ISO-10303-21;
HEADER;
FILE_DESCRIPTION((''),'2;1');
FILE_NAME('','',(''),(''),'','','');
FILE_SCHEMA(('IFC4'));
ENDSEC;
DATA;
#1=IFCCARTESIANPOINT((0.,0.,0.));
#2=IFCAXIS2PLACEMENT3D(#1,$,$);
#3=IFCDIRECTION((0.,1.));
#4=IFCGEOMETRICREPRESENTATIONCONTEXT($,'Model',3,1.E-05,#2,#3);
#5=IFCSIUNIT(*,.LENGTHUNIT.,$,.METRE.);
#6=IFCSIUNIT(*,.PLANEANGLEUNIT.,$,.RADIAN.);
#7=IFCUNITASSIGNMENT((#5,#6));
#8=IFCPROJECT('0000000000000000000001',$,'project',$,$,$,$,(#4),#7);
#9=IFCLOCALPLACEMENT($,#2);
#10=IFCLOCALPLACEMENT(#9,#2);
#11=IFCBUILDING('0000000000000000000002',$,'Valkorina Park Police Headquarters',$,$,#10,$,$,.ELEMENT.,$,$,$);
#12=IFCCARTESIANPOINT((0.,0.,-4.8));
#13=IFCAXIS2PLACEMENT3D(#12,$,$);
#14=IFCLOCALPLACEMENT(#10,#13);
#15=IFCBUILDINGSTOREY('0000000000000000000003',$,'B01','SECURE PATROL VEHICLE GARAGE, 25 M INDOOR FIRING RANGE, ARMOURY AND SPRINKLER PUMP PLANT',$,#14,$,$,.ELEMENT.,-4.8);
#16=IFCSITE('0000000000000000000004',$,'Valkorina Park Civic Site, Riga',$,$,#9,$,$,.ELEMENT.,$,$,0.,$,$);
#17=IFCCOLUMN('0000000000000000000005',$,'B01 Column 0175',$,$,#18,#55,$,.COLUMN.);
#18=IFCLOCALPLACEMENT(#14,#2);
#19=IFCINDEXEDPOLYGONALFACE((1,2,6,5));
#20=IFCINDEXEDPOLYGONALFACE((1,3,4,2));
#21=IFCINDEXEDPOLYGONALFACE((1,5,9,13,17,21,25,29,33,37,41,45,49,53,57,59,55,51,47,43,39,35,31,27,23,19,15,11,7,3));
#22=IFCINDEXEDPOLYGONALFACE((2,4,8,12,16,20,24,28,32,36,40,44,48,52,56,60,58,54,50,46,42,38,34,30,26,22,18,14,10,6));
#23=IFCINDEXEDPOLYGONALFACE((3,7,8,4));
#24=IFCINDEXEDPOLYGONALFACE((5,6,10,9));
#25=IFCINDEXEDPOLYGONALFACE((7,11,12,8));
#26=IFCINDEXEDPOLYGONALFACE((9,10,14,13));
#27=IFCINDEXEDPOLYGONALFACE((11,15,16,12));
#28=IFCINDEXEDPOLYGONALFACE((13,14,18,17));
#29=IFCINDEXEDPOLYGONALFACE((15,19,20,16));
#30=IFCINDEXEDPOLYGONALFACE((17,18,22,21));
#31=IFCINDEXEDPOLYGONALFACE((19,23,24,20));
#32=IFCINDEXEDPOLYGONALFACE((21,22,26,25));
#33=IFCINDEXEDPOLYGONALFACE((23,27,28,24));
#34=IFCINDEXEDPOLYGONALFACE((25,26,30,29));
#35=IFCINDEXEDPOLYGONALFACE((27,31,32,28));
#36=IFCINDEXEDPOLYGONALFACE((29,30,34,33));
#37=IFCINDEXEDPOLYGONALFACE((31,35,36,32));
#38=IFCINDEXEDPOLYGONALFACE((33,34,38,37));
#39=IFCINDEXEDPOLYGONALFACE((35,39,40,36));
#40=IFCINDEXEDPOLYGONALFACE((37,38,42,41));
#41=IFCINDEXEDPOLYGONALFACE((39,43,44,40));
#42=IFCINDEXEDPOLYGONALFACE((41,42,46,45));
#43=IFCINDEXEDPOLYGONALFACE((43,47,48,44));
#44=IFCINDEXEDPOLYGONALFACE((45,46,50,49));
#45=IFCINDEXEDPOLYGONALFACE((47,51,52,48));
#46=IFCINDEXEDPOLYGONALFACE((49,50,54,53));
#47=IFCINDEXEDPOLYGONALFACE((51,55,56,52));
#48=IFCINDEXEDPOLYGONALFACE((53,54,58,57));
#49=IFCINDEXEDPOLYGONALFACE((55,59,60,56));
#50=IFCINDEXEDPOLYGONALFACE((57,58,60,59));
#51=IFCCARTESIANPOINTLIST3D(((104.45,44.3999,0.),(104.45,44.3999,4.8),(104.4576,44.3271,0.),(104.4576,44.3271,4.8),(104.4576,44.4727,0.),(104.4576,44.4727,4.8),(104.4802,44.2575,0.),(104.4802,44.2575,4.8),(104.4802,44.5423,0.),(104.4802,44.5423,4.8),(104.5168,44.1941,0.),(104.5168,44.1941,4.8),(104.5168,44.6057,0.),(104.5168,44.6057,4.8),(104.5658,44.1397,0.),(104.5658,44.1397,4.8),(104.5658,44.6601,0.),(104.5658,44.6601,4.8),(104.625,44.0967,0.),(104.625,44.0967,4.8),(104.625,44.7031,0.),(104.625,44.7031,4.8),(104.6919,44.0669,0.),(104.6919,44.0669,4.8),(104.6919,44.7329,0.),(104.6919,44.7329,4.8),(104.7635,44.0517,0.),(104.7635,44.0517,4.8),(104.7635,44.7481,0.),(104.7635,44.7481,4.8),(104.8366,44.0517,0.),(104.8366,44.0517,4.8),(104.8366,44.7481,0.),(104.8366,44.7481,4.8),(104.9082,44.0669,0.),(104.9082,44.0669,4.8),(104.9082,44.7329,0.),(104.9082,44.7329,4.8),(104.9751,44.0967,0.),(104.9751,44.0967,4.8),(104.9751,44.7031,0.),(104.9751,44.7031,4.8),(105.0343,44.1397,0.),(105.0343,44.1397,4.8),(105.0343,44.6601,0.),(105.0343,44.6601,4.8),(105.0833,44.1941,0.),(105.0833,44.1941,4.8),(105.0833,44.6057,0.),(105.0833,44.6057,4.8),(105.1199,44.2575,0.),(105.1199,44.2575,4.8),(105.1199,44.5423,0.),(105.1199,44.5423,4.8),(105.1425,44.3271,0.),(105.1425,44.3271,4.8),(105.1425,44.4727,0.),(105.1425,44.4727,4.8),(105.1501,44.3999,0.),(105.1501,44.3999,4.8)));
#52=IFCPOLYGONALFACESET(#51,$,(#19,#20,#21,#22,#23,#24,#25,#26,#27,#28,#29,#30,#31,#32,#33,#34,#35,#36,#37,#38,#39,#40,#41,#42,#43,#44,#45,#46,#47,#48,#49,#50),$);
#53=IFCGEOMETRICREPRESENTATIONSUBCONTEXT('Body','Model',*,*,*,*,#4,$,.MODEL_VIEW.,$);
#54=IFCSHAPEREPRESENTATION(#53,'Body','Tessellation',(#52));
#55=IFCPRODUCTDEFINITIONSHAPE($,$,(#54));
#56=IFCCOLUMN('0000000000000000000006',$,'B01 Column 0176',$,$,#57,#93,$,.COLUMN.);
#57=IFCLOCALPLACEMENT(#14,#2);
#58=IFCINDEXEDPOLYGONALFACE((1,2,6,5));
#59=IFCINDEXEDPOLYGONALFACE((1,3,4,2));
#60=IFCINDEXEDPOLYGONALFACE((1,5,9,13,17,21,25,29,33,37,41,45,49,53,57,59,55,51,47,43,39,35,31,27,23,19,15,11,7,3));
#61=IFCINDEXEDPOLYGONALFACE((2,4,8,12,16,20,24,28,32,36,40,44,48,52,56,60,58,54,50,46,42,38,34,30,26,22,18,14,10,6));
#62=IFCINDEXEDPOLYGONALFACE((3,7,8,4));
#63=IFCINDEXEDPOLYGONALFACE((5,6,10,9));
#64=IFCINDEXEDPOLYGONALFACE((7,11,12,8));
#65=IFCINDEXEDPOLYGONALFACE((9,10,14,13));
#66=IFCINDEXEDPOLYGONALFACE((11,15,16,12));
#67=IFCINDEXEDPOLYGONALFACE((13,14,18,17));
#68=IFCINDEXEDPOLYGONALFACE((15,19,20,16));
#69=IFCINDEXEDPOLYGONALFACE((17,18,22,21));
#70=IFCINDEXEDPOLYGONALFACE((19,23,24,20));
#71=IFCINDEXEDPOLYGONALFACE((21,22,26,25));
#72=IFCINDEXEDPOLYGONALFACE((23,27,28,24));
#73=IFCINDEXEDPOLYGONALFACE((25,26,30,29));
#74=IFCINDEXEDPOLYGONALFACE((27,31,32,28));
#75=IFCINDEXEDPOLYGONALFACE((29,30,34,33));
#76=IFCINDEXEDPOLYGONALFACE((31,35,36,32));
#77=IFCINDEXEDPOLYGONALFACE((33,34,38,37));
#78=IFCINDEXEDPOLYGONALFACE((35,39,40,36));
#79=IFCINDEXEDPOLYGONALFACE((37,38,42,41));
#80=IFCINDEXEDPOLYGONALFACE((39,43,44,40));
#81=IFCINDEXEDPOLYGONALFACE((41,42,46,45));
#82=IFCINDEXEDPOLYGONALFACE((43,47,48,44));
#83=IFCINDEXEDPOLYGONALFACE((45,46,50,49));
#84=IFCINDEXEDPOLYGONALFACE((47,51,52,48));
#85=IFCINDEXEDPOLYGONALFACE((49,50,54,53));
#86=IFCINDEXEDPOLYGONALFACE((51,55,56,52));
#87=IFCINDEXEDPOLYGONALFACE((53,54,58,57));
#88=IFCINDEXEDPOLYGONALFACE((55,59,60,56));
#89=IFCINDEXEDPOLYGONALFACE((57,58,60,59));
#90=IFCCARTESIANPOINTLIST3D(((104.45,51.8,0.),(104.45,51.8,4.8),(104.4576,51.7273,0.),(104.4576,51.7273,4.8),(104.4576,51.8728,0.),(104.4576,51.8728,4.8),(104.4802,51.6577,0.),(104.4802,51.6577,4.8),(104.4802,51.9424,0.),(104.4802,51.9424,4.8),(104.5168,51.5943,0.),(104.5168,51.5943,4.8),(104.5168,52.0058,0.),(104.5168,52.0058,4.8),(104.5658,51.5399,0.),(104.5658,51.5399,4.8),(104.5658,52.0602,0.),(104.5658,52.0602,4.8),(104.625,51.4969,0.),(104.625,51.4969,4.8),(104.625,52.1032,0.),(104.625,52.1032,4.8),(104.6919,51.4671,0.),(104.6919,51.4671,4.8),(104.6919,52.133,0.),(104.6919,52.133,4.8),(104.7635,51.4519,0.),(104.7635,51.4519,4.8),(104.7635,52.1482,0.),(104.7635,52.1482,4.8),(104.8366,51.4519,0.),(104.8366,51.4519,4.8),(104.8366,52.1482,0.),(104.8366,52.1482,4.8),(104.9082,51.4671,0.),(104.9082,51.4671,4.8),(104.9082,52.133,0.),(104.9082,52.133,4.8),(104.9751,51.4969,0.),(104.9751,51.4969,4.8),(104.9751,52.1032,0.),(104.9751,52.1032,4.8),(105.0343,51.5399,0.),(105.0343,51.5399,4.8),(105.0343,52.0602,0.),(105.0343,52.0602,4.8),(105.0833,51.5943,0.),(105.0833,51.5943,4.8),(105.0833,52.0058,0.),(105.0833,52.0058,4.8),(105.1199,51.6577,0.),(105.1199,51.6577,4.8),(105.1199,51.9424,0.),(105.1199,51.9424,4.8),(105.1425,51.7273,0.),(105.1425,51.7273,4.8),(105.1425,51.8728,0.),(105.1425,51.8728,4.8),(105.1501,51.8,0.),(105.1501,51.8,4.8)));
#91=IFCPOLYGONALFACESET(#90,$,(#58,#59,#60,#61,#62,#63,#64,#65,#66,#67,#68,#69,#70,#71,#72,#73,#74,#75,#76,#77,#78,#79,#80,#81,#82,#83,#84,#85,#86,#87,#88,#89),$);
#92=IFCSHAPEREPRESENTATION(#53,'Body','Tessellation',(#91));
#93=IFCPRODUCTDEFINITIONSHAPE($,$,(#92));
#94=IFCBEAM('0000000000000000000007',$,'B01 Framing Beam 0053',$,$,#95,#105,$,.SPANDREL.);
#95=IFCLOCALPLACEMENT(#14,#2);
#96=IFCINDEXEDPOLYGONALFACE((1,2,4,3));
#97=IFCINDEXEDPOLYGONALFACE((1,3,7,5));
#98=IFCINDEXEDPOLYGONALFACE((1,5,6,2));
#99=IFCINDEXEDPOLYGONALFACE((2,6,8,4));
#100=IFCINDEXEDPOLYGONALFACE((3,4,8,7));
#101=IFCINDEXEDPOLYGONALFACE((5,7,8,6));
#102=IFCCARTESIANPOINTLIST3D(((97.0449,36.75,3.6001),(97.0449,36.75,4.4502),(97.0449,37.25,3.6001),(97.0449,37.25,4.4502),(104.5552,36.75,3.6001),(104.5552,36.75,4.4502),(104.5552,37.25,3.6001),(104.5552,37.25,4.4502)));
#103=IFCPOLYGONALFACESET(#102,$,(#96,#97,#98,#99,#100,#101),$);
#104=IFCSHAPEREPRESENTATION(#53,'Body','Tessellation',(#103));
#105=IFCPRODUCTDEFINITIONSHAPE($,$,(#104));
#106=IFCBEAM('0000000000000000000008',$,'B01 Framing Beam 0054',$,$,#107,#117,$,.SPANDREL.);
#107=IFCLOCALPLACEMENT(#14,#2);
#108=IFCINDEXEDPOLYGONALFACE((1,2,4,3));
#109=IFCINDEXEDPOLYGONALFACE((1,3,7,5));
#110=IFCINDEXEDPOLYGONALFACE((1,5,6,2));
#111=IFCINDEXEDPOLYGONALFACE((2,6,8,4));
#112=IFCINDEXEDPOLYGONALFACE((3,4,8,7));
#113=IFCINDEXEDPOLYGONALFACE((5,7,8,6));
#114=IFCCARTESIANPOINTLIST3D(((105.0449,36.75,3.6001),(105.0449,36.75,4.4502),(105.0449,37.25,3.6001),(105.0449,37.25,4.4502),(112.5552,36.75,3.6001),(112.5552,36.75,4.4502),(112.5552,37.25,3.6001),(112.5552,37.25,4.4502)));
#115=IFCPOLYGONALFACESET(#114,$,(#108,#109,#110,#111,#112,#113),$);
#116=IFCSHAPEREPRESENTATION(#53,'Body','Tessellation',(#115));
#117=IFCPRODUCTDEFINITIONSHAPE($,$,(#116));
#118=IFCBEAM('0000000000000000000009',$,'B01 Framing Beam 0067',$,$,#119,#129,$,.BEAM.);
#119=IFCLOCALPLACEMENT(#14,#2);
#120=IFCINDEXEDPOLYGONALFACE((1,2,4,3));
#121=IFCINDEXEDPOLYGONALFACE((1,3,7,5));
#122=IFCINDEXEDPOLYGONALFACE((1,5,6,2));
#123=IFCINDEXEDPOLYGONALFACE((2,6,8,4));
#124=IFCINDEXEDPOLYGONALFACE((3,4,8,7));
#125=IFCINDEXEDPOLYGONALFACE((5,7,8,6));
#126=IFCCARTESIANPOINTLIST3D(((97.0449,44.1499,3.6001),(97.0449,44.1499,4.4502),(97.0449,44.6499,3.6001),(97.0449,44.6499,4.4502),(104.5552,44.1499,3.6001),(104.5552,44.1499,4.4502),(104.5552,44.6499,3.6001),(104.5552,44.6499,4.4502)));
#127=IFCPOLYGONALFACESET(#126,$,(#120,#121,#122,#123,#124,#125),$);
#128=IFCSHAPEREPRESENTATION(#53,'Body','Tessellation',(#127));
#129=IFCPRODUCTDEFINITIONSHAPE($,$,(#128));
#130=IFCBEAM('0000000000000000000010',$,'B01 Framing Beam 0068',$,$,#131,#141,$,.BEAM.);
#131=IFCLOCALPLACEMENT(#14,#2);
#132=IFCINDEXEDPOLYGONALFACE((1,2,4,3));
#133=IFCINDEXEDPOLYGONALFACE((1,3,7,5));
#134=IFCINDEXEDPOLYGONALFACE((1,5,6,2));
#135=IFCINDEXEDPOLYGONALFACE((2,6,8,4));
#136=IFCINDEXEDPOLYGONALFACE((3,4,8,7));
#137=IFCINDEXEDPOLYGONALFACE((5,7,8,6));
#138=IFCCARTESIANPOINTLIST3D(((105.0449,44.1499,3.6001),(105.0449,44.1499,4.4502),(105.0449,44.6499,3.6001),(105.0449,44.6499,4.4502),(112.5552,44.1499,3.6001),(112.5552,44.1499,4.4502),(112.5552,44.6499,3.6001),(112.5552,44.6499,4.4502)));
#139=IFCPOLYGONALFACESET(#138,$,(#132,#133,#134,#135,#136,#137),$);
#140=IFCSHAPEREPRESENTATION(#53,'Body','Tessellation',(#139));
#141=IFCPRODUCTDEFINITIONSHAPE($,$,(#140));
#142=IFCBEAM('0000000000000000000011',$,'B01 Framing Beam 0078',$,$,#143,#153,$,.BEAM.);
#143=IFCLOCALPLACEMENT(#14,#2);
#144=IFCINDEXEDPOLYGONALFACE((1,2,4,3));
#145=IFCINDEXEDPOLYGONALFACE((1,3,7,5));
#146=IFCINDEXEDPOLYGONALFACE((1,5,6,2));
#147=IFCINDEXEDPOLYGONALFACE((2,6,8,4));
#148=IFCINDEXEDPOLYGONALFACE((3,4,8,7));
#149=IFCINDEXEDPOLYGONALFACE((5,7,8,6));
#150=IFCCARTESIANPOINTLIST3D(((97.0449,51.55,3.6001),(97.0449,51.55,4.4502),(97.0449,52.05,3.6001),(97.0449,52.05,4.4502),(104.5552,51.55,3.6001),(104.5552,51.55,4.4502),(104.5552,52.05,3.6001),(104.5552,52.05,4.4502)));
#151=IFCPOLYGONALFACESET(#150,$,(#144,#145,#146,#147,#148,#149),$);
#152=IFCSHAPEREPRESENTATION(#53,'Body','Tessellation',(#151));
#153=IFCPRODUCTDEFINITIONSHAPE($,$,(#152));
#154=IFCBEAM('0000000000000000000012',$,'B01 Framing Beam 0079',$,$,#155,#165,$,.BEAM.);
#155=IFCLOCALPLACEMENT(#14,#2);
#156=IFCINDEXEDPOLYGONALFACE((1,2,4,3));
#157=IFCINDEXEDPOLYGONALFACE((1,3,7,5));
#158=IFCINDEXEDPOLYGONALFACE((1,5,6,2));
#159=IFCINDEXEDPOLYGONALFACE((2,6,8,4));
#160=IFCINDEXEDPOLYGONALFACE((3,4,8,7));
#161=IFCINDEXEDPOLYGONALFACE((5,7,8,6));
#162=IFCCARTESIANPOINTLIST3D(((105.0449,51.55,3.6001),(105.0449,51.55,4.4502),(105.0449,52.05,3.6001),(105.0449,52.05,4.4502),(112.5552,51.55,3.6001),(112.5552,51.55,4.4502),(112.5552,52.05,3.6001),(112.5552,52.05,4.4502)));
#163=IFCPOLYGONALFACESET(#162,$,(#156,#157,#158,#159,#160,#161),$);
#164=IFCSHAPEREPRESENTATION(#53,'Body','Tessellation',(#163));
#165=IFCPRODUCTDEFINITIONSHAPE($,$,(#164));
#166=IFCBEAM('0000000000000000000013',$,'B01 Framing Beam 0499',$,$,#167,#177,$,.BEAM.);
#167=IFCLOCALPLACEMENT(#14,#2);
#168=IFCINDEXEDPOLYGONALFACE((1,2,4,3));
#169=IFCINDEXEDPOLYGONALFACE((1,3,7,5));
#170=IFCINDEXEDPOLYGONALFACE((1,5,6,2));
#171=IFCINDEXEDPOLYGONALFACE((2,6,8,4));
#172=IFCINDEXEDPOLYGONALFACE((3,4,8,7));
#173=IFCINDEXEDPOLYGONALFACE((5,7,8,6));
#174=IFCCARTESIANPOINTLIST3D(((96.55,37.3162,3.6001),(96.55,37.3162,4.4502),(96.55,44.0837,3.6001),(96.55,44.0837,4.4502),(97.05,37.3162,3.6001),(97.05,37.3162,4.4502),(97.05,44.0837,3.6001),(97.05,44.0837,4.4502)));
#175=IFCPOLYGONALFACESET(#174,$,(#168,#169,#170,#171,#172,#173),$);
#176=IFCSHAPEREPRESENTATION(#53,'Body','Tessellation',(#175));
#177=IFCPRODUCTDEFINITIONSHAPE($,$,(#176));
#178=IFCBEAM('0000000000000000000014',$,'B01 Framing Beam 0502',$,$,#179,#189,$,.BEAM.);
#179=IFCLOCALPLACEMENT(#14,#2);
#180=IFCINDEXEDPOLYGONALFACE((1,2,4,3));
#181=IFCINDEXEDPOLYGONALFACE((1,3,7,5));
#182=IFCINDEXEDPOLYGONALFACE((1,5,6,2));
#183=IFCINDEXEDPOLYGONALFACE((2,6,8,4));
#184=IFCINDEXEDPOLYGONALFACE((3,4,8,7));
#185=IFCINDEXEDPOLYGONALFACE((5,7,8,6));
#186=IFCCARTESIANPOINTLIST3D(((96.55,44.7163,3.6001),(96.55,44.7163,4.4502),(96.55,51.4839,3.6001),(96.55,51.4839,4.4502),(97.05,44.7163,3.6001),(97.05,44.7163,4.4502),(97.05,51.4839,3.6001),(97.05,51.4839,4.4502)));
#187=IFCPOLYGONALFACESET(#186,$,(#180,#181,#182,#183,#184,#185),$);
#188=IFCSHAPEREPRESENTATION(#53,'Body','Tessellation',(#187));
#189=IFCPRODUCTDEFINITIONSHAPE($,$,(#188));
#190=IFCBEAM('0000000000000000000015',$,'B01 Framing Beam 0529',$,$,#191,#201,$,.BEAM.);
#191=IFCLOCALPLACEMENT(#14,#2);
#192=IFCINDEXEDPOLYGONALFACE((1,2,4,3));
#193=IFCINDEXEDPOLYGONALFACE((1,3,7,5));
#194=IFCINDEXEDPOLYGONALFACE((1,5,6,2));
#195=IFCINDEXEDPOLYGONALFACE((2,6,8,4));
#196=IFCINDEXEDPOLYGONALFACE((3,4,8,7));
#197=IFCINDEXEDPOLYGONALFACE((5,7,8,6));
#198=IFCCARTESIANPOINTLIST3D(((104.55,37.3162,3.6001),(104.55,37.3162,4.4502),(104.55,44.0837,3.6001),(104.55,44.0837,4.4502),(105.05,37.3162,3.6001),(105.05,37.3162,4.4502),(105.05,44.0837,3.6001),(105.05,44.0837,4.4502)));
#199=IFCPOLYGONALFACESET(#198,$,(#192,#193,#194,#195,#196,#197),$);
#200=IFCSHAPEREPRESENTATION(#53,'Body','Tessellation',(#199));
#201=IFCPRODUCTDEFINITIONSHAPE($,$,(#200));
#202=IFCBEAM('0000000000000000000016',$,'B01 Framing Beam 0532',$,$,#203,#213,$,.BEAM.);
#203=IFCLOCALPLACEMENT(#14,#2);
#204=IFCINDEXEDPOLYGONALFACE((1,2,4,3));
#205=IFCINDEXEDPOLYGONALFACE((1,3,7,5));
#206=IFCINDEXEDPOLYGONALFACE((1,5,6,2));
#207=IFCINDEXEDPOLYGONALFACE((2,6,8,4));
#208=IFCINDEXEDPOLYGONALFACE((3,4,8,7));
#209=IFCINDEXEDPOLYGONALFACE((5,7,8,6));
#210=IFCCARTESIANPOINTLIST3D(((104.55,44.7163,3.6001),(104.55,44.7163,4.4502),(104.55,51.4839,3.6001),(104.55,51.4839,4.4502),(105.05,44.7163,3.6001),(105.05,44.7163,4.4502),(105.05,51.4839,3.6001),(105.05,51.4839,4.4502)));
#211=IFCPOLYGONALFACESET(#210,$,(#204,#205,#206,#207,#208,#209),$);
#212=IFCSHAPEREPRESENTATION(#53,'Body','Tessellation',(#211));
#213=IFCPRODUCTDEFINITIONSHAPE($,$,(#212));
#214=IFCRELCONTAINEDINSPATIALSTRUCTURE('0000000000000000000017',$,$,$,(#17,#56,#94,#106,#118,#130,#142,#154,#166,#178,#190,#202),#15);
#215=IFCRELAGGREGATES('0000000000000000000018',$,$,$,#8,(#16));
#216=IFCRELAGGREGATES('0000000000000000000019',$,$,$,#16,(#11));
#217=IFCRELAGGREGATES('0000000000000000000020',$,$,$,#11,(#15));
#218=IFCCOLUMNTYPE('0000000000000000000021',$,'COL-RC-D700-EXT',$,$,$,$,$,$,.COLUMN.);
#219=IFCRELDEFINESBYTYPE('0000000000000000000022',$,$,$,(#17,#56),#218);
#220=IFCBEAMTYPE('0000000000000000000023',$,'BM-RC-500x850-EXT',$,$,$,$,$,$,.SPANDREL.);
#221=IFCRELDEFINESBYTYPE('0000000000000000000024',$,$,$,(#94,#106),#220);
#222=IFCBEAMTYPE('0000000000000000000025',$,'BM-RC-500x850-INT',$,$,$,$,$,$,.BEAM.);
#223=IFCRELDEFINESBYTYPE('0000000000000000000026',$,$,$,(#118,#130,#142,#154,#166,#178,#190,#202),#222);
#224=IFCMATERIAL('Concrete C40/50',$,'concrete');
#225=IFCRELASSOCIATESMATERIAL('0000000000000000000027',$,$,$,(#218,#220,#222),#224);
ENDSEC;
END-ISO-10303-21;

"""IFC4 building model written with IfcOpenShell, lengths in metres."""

from ifc_helpers import new_model, si_unit, direction, frame, origin, origin_2d, place, context, subcontext, project, spatial, rectangle, circle, extrude, material, material_profile, profile_set, type_object, element, save


model = new_model("IFC4")

# Units and contexts
model_context = context("Model", 3, precision=1e-05, world=origin(), true_north=direction((0.0, 1.0)))
body_context = subcontext(model_context, "Body", "Model", "MODEL_VIEW")
ifc_project = project(units=[si_unit("LENGTHUNIT", "METRE"), si_unit("PLANEANGLEUNIT", "RADIAN")], contexts=[model_context])

# Site, building, storey
site_placement = place(None, origin())
site = spatial("IfcSite", under=ifc_project, at=site_placement, Name="Valkorina Park Civic Site, Riga", CompositionType="ELEMENT", RefElevation=0.0)
building_placement = place(site_placement, origin())
building = spatial("IfcBuilding", under=site, at=building_placement, Name="Valkorina Park Police Headquarters", CompositionType="ELEMENT")
storey_placement = place(building_placement, frame((0.0, 0.0, -4.8)))
storey = spatial("IfcBuildingStorey", under=building, at=storey_placement, Name="B01", Description="SECURE PATROL VEHICLE GARAGE, 25 M INDOOR FIRING RANGE, ARMOURY AND SPRINKLER PUMP PLANT", CompositionType="ELEMENT", Elevation=-4.8)

# Columns
ifc_material_1 = material(Name="Concrete C40/50", Category="concrete")
ifc_material_profile_1 = material_profile(ifc_material_1, circle(Radius=0.3501, at=origin_2d()), Name="RC COL D700")
ifc_profile_set_1 = profile_set([ifc_material_profile_1], Name="Concrete C40/50")
column_type = type_object("IfcColumnType", Name="COL-RC-D700-EXT", PredefinedType="COLUMN", material=ifc_profile_set_1)
for number, where, z_axis, x_axis, name in (
    (1, (104.8, 44.3999, 0.0), (0.0, 0.0, 1.0), (1.0, 0.0, 0.0), "B01 Column 0175"),
    (2, (104.8, 51.8, 0.0), (0.0, 0.0, 1.0), (1.0, 0.0, 0.0), "B01 Column 0176"),
):
    element("IfcColumn", number, at=place(storey_placement, frame(where, z_axis=z_axis, x_axis=x_axis)), inside=storey, type_object=column_type, Name=name, PredefinedType="COLUMN", context=body_context, shape_type="SweptSolid", body=[
        extrude(circle(Radius=0.3501, at=origin_2d()), origin(), (0.0, 0.0, 1.0), 4.8),
    ])

# Beams
ifc_material_profile_2 = material_profile(ifc_material_1, rectangle(XDim=0.5, YDim=0.8501, at=origin_2d()), Name="RC BEAM 500x850")
ifc_profile_set_2 = profile_set([ifc_material_profile_2], Name="Concrete C40/50")
beam_type_1 = type_object("IfcBeamType", Name="BM-RC-500x850-EXT", PredefinedType="SPANDREL", material=ifc_profile_set_2)
for number, where, z_axis, x_axis, name in (
    (3, (97.0449, 37.0, 4.0251), (1.0, 0.0, 0.0), (0.0, 1.0, 0.0), "B01 Framing Beam 0053"),
    (4, (105.0449, 37.0, 4.0251), (1.0, 0.0, 0.0), (0.0, 1.0, 0.0), "B01 Framing Beam 0054"),
):
    element("IfcBeam", number, at=place(storey_placement, frame(where, z_axis=z_axis, x_axis=x_axis)), inside=storey, type_object=beam_type_1, Name=name, PredefinedType="SPANDREL", context=body_context, shape_type="SweptSolid", body=[
        extrude(rectangle(XDim=0.5, YDim=0.8501, at=origin_2d()), origin(), (0.0, 0.0, 1.0), 7.5103),
    ])
ifc_material_profile_3 = material_profile(ifc_material_1, rectangle(XDim=0.5, YDim=0.8501, at=origin_2d()), Name="RC BEAM 500x850")
ifc_profile_set_3 = profile_set([ifc_material_profile_3], Name="Concrete C40/50")
beam_type_2 = type_object("IfcBeamType", Name="BM-RC-500x850-INT", PredefinedType="BEAM", material=ifc_profile_set_3)
for number, where, z_axis, x_axis, name in (
    (5, (97.0449, 44.3999, 4.0251), (1.0, 0.0, 0.0), (0.0, 1.0, 0.0), "B01 Framing Beam 0067"),
    (6, (105.0449, 44.3999, 4.0251), (1.0, 0.0, 0.0), (0.0, 1.0, 0.0), "B01 Framing Beam 0068"),
    (7, (97.0449, 51.8, 4.0251), (1.0, 0.0, 0.0), (0.0, 1.0, 0.0), "B01 Framing Beam 0078"),
    (8, (105.0449, 51.8, 4.0251), (1.0, 0.0, 0.0), (0.0, 1.0, 0.0), "B01 Framing Beam 0079"),
):
    element("IfcBeam", number, at=place(storey_placement, frame(where, z_axis=z_axis, x_axis=x_axis)), inside=storey, type_object=beam_type_2, Name=name, PredefinedType="BEAM", context=body_context, shape_type="SweptSolid", body=[
        extrude(rectangle(XDim=0.5, YDim=0.8501, at=origin_2d()), origin(), (0.0, 0.0, 1.0), 7.5103),
    ])
for number, where, z_axis, x_axis, name in (
    (9, (96.8, 37.3162, 4.0251), (0.0, 1.0, 0.0), (-1.0, 0.0, 0.0), "B01 Framing Beam 0499"),
    (10, (96.8, 44.7163, 4.0251), (0.0, 1.0, 0.0), (-1.0, 0.0, 0.0), "B01 Framing Beam 0502"),
    (11, (104.8, 37.3162, 4.0251), (0.0, 1.0, 0.0), (-1.0, 0.0, 0.0), "B01 Framing Beam 0529"),
    (12, (104.8, 44.7163, 4.0251), (0.0, 1.0, 0.0), (-1.0, 0.0, 0.0), "B01 Framing Beam 0532"),
):
    element("IfcBeam", number, at=place(storey_placement, frame(where, z_axis=z_axis, x_axis=x_axis)), inside=storey, type_object=beam_type_2, Name=name, PredefinedType="BEAM", context=body_context, shape_type="SweptSolid", body=[
        extrude(rectangle(XDim=0.5, YDim=0.8501, at=origin_2d()), origin(), (0.0, 0.0, 1.0), 6.7676),
    ])

save(model, "model.ifc")
